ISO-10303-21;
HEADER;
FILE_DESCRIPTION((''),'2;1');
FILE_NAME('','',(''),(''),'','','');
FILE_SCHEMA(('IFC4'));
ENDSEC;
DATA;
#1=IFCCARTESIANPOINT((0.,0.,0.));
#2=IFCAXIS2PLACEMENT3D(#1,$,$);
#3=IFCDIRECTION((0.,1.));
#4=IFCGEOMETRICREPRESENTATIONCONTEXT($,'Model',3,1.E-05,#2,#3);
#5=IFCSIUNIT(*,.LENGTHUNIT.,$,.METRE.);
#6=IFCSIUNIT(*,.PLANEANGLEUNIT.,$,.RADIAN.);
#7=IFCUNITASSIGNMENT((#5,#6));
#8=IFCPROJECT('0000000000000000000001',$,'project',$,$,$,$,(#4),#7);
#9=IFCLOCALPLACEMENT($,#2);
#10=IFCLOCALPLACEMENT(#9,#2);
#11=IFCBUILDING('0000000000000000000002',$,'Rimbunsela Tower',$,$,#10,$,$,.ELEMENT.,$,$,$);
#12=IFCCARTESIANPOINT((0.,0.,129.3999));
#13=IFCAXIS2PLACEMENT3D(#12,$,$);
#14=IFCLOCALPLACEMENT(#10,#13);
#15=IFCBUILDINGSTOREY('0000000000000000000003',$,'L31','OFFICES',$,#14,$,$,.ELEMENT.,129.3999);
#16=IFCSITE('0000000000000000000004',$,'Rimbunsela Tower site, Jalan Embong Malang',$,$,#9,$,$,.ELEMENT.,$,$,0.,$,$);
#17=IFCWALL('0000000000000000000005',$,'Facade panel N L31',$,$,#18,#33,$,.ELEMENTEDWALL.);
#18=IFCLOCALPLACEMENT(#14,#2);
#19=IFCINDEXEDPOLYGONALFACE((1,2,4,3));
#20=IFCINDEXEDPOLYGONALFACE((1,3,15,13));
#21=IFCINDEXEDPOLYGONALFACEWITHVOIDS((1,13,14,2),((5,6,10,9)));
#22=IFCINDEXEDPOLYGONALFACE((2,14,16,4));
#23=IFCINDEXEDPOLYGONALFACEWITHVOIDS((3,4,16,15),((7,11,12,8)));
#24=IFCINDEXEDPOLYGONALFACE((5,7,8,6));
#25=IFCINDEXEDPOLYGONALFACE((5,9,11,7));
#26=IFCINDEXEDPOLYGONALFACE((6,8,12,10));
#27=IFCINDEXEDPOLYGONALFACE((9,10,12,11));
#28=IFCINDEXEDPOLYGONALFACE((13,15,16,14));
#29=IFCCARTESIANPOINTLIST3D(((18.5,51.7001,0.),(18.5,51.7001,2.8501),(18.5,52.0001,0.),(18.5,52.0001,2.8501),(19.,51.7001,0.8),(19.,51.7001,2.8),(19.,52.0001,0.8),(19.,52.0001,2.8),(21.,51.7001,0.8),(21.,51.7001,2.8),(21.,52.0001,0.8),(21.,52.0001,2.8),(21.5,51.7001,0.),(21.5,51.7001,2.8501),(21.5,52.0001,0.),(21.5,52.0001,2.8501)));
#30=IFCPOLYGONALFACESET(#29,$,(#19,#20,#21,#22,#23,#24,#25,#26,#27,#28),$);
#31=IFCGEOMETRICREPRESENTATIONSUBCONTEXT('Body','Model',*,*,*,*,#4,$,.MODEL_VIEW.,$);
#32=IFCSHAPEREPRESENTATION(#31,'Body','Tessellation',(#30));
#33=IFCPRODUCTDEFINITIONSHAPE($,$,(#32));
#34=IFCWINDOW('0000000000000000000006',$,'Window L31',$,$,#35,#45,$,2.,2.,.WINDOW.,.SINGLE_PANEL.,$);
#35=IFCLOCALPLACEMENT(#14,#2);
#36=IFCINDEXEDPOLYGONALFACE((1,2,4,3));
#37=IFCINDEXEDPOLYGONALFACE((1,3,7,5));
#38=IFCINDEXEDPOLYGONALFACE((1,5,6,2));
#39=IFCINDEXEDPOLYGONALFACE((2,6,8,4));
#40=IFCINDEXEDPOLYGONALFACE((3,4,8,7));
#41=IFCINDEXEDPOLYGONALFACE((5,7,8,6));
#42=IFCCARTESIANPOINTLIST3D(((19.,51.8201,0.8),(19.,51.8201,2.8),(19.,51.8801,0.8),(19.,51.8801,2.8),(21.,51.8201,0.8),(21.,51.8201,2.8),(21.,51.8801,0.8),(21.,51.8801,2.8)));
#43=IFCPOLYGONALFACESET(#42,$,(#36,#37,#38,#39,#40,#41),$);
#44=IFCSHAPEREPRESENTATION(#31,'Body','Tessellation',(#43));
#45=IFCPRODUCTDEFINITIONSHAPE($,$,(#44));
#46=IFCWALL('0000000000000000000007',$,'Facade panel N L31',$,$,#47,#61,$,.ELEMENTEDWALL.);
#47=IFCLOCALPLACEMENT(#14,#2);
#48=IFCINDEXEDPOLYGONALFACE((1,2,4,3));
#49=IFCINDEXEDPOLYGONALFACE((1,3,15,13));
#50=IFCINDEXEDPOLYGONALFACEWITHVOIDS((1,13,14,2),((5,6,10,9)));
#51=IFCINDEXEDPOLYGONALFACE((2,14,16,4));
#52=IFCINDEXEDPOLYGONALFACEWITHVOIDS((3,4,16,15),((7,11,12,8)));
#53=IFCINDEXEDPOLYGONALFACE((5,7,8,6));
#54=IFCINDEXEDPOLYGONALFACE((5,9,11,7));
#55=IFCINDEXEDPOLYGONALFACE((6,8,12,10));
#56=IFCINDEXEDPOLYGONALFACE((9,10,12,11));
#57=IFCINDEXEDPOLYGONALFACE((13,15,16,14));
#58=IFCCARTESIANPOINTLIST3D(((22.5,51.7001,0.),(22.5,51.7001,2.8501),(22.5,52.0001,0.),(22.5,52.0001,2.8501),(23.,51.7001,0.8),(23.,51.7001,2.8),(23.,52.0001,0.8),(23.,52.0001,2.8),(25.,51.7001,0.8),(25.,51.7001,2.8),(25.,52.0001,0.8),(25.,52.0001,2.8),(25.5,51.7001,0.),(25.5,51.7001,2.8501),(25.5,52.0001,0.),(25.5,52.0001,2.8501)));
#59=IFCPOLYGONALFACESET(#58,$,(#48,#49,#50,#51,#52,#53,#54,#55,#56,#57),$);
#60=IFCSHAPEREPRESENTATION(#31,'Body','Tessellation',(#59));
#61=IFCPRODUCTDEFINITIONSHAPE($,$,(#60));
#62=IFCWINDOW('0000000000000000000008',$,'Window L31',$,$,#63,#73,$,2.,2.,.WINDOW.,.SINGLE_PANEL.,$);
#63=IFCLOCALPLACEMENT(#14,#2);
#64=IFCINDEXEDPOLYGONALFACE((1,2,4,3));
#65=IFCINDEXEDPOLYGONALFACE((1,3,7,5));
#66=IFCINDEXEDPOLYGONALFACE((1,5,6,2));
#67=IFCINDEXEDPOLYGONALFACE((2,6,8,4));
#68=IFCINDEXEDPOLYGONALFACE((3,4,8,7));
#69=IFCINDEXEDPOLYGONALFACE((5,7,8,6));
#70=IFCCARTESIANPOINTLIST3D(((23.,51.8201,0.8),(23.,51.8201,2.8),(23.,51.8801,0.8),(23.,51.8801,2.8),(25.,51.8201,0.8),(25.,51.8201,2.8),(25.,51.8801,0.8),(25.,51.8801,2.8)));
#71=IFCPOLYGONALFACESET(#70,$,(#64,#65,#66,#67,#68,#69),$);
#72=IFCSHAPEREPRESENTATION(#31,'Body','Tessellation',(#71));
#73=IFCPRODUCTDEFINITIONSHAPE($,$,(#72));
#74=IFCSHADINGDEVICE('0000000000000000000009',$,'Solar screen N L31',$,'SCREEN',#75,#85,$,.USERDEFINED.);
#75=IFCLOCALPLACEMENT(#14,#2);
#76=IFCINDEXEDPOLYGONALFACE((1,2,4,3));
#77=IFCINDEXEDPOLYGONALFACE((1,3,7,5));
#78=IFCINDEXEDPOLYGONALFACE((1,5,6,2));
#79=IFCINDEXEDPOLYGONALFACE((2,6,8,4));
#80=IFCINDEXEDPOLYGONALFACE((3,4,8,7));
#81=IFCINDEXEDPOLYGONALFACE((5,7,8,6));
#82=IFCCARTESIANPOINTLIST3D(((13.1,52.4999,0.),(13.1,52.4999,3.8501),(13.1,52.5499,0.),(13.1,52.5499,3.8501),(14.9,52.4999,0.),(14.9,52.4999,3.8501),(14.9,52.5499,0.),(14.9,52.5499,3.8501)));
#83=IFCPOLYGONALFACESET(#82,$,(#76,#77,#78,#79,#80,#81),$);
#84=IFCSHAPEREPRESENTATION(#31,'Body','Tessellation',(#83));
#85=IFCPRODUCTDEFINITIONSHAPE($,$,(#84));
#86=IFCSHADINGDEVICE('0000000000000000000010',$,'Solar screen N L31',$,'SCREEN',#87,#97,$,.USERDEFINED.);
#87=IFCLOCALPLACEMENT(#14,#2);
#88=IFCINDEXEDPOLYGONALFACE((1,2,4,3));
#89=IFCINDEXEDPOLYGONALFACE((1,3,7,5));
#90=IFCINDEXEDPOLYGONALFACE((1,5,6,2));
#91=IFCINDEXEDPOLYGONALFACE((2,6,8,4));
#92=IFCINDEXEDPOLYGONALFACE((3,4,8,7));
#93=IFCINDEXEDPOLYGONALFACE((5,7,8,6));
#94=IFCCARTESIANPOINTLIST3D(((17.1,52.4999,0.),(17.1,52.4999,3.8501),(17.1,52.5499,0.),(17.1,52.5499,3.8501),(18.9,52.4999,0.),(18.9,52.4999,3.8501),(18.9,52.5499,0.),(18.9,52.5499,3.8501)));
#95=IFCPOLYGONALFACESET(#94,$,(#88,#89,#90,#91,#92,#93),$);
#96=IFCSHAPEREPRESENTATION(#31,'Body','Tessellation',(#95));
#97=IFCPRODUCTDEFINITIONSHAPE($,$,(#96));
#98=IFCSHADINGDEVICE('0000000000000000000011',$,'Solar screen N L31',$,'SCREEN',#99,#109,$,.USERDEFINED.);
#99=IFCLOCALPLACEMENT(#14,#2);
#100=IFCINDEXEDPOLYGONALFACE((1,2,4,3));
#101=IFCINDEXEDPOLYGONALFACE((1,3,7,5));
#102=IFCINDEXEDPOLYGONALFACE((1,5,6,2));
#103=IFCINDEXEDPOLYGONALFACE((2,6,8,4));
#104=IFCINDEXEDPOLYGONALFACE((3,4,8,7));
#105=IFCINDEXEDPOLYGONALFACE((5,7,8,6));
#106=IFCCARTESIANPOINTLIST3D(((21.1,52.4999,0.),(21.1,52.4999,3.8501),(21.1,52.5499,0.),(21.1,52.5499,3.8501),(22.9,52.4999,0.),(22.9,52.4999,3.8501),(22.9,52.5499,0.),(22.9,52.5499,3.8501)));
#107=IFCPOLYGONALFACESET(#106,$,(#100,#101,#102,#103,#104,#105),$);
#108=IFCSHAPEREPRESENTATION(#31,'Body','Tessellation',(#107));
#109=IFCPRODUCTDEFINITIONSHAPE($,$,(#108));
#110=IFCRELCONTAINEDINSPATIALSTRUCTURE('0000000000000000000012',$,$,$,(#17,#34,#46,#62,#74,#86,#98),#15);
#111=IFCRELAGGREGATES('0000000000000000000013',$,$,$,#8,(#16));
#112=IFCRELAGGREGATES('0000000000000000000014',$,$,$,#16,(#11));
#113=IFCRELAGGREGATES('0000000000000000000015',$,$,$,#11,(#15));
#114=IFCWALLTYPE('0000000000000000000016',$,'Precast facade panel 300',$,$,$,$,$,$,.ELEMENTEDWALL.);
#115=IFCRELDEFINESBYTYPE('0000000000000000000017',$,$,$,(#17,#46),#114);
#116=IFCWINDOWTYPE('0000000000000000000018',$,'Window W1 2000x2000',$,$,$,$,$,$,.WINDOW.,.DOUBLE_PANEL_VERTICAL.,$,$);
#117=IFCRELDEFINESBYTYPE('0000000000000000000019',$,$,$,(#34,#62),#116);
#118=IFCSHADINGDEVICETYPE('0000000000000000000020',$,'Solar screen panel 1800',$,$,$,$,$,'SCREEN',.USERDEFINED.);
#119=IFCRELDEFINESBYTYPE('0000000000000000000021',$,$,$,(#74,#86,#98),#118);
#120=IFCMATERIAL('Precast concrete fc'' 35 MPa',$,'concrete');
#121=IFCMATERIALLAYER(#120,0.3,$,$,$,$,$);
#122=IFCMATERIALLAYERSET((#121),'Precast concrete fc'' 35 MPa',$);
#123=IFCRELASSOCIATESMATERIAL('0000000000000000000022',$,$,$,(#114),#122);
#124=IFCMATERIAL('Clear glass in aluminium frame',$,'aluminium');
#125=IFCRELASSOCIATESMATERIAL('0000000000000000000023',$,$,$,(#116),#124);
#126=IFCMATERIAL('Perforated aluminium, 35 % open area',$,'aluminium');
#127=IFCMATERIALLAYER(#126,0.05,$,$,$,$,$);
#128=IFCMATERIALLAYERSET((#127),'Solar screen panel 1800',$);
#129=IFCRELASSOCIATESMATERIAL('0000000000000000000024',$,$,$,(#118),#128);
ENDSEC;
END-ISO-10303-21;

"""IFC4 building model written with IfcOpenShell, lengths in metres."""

from ifc_helpers import new_model, si_unit, direction, frame, frame_2d, origin, origin_2d, place, context, subcontext, project, spatial, rectangle, extrude, material, layer, layer_set, type_object, element, fill, save


model = new_model("IFC4")

# Units and contexts
model_context = context("Model", 3, precision=1e-05, world=origin(), true_north=direction((0.0, 1.0)))
body_context = subcontext(model_context, "Body", "Model", "MODEL_VIEW")
ifc_project = project(units=[si_unit("LENGTHUNIT", "METRE"), si_unit("PLANEANGLEUNIT", "RADIAN")], contexts=[model_context])

# Site, building, storey
site_placement = place(None, origin())
site = spatial("IfcSite", under=ifc_project, at=site_placement, Name="Rimbunsela Tower site, Jalan Embong Malang", CompositionType="ELEMENT", RefElevation=0.0)
building_placement = place(site_placement, origin())
building = spatial("IfcBuilding", under=site, at=building_placement, Name="Rimbunsela Tower", CompositionType="ELEMENT")
storey_placement = place(building_placement, frame((0.0, 0.0, 129.3999)))
storey = spatial("IfcBuildingStorey", under=building, at=storey_placement, Name="L31", Description="OFFICES", CompositionType="ELEMENT", Elevation=129.3999)

# Walls, openings, windows
ifc_material_1 = material(Name="Precast concrete fc' 35 MPa", Category="concrete")
ifc_layer_1 = layer(ifc_material_1, 0.3)
ifc_layer_set_1 = layer_set([ifc_layer_1], Name="Precast concrete fc' 35 MPa")
wall_type_1 = type_object("IfcWallType", Name="Precast facade panel 300", PredefinedType="ELEMENTEDWALL", material=ifc_layer_set_1)
ifc_material_2 = material(Name="Clear glass in aluminium frame", Category="aluminium")
window_type = type_object("IfcWindowType", Name="Window W1 2000x2000", PartitioningType="DOUBLE_PANEL_VERTICAL", PredefinedType="WINDOW", material=ifc_material_2)
wall_1_placement = place(storey_placement, frame((21.5, 51.8501, 0.0), z_axis=(0.0, 0.0, 1.0), x_axis=(-1.0, 0.0, 0.0)))
wall_1 = element("IfcWall", 1, at=wall_1_placement, inside=storey, type_object=wall_type_1, Name="Facade panel N L31", PredefinedType="ELEMENTEDWALL", context=body_context, shape_type="SweptSolid", body=[
    extrude(rectangle(XDim=3.0, YDim=0.3, at=frame_2d((1.5, 0.0))), origin(), (0.0, 0.0, 1.0), 2.8501),
])
opening_1_placement = place(wall_1_placement, frame((0.5, 0.0, 0.8)))
opening_1 = element("IfcOpeningElement", 2, at=opening_1_placement, cuts=wall_1, PredefinedType="OPENING", context=body_context, shape_type="SweptSolid", body=[
    extrude(rectangle(XDim=2.0, YDim=2.0, at=frame_2d((1.0, 1.0))), frame((0.0, 0.1599, 0.0), z_axis=(0.0, -1.0, 0.0), x_axis=(1.0, 0.0, 0.0)), (0.0, 0.0, 1.0), 0.3201),
])
window_1_placement = place(opening_1_placement, origin())
window_1 = element("IfcWindow", 3, at=window_1_placement, inside=storey, type_object=window_type, Name="Window L31", OverallHeight=2.0, OverallWidth=2.0, PartitioningType="SINGLE_PANEL", PredefinedType="WINDOW", context=body_context, shape_type="SweptSolid", body=[
    extrude(rectangle(XDim=2.0, YDim=2.0, at=frame_2d((1.0, 1.0))), frame((0.0, 0.03, 0.0), z_axis=(0.0, -1.0, 0.0), x_axis=(1.0, 0.0, 0.0)), (0.0, 0.0, 1.0), 0.0601),
])
fill(opening_1, window_1)
wall_2_placement = place(storey_placement, frame((25.5, 51.8501, 0.0), z_axis=(0.0, 0.0, 1.0), x_axis=(-1.0, 0.0, 0.0)))
wall_2 = element("IfcWall", 4, at=wall_2_placement, inside=storey, type_object=wall_type_1, Name="Facade panel N L31", PredefinedType="ELEMENTEDWALL", context=body_context, shape_type="SweptSolid", body=[
    extrude(rectangle(XDim=3.0, YDim=0.3, at=frame_2d((1.5, 0.0))), origin(), (0.0, 0.0, 1.0), 2.8501),
])
opening_2_placement = place(wall_2_placement, frame((0.5, 0.0, 0.8)))
opening_2 = element("IfcOpeningElement", 5, at=opening_2_placement, cuts=wall_2, PredefinedType="OPENING", context=body_context, shape_type="SweptSolid", body=[
    extrude(rectangle(XDim=2.0, YDim=2.0, at=frame_2d((1.0, 1.0))), frame((0.0, 0.1599, 0.0), z_axis=(0.0, -1.0, 0.0), x_axis=(1.0, 0.0, 0.0)), (0.0, 0.0, 1.0), 0.3201),
])
window_2_placement = place(opening_2_placement, origin())
window_2 = element("IfcWindow", 6, at=window_2_placement, inside=storey, type_object=window_type, Name="Window L31", OverallHeight=2.0, OverallWidth=2.0, PartitioningType="SINGLE_PANEL", PredefinedType="WINDOW", context=body_context, shape_type="SweptSolid", body=[
    extrude(rectangle(XDim=2.0, YDim=2.0, at=frame_2d((1.0, 1.0))), frame((0.0, 0.03, 0.0), z_axis=(0.0, -1.0, 0.0), x_axis=(1.0, 0.0, 0.0)), (0.0, 0.0, 1.0), 0.0601),
])
fill(opening_2, window_2)

# Shading devices
ifc_material_3 = material(Name="Perforated aluminium, 35 % open area", Category="aluminium")
ifc_layer_2 = layer(ifc_material_3, 0.05)
ifc_layer_set_2 = layer_set([ifc_layer_2], Name="Solar screen panel 1800")
shading_device_type = type_object("IfcShadingDeviceType", Name="Solar screen panel 1800", ElementType="SCREEN", PredefinedType="USERDEFINED", material=ifc_layer_set_2)
for number, where, z_axis, x_axis, name in (
    (7, (14.0, 52.5249, 0.0), (0.0, 0.0, 1.0), (1.0, 0.0, 0.0), "Solar screen N L31"),
    (8, (18.0, 52.5249, 0.0), (0.0, 0.0, 1.0), (1.0, 0.0, 0.0), "Solar screen N L31"),
    (9, (22.0, 52.5249, 0.0), (0.0, 0.0, 1.0), (1.0, 0.0, 0.0), "Solar screen N L31"),
):
    element("IfcShadingDevice", number, at=place(storey_placement, frame(where, z_axis=z_axis, x_axis=x_axis)), inside=storey, type_object=shading_device_type, Name=name, ObjectType="SCREEN", PredefinedType="USERDEFINED", context=body_context, shape_type="SweptSolid", body=[
        extrude(rectangle(XDim=1.8, YDim=0.05, at=origin_2d()), origin(), (0.0, 0.0, 1.0), 3.8501),
    ])

save(model, "model.ifc")
